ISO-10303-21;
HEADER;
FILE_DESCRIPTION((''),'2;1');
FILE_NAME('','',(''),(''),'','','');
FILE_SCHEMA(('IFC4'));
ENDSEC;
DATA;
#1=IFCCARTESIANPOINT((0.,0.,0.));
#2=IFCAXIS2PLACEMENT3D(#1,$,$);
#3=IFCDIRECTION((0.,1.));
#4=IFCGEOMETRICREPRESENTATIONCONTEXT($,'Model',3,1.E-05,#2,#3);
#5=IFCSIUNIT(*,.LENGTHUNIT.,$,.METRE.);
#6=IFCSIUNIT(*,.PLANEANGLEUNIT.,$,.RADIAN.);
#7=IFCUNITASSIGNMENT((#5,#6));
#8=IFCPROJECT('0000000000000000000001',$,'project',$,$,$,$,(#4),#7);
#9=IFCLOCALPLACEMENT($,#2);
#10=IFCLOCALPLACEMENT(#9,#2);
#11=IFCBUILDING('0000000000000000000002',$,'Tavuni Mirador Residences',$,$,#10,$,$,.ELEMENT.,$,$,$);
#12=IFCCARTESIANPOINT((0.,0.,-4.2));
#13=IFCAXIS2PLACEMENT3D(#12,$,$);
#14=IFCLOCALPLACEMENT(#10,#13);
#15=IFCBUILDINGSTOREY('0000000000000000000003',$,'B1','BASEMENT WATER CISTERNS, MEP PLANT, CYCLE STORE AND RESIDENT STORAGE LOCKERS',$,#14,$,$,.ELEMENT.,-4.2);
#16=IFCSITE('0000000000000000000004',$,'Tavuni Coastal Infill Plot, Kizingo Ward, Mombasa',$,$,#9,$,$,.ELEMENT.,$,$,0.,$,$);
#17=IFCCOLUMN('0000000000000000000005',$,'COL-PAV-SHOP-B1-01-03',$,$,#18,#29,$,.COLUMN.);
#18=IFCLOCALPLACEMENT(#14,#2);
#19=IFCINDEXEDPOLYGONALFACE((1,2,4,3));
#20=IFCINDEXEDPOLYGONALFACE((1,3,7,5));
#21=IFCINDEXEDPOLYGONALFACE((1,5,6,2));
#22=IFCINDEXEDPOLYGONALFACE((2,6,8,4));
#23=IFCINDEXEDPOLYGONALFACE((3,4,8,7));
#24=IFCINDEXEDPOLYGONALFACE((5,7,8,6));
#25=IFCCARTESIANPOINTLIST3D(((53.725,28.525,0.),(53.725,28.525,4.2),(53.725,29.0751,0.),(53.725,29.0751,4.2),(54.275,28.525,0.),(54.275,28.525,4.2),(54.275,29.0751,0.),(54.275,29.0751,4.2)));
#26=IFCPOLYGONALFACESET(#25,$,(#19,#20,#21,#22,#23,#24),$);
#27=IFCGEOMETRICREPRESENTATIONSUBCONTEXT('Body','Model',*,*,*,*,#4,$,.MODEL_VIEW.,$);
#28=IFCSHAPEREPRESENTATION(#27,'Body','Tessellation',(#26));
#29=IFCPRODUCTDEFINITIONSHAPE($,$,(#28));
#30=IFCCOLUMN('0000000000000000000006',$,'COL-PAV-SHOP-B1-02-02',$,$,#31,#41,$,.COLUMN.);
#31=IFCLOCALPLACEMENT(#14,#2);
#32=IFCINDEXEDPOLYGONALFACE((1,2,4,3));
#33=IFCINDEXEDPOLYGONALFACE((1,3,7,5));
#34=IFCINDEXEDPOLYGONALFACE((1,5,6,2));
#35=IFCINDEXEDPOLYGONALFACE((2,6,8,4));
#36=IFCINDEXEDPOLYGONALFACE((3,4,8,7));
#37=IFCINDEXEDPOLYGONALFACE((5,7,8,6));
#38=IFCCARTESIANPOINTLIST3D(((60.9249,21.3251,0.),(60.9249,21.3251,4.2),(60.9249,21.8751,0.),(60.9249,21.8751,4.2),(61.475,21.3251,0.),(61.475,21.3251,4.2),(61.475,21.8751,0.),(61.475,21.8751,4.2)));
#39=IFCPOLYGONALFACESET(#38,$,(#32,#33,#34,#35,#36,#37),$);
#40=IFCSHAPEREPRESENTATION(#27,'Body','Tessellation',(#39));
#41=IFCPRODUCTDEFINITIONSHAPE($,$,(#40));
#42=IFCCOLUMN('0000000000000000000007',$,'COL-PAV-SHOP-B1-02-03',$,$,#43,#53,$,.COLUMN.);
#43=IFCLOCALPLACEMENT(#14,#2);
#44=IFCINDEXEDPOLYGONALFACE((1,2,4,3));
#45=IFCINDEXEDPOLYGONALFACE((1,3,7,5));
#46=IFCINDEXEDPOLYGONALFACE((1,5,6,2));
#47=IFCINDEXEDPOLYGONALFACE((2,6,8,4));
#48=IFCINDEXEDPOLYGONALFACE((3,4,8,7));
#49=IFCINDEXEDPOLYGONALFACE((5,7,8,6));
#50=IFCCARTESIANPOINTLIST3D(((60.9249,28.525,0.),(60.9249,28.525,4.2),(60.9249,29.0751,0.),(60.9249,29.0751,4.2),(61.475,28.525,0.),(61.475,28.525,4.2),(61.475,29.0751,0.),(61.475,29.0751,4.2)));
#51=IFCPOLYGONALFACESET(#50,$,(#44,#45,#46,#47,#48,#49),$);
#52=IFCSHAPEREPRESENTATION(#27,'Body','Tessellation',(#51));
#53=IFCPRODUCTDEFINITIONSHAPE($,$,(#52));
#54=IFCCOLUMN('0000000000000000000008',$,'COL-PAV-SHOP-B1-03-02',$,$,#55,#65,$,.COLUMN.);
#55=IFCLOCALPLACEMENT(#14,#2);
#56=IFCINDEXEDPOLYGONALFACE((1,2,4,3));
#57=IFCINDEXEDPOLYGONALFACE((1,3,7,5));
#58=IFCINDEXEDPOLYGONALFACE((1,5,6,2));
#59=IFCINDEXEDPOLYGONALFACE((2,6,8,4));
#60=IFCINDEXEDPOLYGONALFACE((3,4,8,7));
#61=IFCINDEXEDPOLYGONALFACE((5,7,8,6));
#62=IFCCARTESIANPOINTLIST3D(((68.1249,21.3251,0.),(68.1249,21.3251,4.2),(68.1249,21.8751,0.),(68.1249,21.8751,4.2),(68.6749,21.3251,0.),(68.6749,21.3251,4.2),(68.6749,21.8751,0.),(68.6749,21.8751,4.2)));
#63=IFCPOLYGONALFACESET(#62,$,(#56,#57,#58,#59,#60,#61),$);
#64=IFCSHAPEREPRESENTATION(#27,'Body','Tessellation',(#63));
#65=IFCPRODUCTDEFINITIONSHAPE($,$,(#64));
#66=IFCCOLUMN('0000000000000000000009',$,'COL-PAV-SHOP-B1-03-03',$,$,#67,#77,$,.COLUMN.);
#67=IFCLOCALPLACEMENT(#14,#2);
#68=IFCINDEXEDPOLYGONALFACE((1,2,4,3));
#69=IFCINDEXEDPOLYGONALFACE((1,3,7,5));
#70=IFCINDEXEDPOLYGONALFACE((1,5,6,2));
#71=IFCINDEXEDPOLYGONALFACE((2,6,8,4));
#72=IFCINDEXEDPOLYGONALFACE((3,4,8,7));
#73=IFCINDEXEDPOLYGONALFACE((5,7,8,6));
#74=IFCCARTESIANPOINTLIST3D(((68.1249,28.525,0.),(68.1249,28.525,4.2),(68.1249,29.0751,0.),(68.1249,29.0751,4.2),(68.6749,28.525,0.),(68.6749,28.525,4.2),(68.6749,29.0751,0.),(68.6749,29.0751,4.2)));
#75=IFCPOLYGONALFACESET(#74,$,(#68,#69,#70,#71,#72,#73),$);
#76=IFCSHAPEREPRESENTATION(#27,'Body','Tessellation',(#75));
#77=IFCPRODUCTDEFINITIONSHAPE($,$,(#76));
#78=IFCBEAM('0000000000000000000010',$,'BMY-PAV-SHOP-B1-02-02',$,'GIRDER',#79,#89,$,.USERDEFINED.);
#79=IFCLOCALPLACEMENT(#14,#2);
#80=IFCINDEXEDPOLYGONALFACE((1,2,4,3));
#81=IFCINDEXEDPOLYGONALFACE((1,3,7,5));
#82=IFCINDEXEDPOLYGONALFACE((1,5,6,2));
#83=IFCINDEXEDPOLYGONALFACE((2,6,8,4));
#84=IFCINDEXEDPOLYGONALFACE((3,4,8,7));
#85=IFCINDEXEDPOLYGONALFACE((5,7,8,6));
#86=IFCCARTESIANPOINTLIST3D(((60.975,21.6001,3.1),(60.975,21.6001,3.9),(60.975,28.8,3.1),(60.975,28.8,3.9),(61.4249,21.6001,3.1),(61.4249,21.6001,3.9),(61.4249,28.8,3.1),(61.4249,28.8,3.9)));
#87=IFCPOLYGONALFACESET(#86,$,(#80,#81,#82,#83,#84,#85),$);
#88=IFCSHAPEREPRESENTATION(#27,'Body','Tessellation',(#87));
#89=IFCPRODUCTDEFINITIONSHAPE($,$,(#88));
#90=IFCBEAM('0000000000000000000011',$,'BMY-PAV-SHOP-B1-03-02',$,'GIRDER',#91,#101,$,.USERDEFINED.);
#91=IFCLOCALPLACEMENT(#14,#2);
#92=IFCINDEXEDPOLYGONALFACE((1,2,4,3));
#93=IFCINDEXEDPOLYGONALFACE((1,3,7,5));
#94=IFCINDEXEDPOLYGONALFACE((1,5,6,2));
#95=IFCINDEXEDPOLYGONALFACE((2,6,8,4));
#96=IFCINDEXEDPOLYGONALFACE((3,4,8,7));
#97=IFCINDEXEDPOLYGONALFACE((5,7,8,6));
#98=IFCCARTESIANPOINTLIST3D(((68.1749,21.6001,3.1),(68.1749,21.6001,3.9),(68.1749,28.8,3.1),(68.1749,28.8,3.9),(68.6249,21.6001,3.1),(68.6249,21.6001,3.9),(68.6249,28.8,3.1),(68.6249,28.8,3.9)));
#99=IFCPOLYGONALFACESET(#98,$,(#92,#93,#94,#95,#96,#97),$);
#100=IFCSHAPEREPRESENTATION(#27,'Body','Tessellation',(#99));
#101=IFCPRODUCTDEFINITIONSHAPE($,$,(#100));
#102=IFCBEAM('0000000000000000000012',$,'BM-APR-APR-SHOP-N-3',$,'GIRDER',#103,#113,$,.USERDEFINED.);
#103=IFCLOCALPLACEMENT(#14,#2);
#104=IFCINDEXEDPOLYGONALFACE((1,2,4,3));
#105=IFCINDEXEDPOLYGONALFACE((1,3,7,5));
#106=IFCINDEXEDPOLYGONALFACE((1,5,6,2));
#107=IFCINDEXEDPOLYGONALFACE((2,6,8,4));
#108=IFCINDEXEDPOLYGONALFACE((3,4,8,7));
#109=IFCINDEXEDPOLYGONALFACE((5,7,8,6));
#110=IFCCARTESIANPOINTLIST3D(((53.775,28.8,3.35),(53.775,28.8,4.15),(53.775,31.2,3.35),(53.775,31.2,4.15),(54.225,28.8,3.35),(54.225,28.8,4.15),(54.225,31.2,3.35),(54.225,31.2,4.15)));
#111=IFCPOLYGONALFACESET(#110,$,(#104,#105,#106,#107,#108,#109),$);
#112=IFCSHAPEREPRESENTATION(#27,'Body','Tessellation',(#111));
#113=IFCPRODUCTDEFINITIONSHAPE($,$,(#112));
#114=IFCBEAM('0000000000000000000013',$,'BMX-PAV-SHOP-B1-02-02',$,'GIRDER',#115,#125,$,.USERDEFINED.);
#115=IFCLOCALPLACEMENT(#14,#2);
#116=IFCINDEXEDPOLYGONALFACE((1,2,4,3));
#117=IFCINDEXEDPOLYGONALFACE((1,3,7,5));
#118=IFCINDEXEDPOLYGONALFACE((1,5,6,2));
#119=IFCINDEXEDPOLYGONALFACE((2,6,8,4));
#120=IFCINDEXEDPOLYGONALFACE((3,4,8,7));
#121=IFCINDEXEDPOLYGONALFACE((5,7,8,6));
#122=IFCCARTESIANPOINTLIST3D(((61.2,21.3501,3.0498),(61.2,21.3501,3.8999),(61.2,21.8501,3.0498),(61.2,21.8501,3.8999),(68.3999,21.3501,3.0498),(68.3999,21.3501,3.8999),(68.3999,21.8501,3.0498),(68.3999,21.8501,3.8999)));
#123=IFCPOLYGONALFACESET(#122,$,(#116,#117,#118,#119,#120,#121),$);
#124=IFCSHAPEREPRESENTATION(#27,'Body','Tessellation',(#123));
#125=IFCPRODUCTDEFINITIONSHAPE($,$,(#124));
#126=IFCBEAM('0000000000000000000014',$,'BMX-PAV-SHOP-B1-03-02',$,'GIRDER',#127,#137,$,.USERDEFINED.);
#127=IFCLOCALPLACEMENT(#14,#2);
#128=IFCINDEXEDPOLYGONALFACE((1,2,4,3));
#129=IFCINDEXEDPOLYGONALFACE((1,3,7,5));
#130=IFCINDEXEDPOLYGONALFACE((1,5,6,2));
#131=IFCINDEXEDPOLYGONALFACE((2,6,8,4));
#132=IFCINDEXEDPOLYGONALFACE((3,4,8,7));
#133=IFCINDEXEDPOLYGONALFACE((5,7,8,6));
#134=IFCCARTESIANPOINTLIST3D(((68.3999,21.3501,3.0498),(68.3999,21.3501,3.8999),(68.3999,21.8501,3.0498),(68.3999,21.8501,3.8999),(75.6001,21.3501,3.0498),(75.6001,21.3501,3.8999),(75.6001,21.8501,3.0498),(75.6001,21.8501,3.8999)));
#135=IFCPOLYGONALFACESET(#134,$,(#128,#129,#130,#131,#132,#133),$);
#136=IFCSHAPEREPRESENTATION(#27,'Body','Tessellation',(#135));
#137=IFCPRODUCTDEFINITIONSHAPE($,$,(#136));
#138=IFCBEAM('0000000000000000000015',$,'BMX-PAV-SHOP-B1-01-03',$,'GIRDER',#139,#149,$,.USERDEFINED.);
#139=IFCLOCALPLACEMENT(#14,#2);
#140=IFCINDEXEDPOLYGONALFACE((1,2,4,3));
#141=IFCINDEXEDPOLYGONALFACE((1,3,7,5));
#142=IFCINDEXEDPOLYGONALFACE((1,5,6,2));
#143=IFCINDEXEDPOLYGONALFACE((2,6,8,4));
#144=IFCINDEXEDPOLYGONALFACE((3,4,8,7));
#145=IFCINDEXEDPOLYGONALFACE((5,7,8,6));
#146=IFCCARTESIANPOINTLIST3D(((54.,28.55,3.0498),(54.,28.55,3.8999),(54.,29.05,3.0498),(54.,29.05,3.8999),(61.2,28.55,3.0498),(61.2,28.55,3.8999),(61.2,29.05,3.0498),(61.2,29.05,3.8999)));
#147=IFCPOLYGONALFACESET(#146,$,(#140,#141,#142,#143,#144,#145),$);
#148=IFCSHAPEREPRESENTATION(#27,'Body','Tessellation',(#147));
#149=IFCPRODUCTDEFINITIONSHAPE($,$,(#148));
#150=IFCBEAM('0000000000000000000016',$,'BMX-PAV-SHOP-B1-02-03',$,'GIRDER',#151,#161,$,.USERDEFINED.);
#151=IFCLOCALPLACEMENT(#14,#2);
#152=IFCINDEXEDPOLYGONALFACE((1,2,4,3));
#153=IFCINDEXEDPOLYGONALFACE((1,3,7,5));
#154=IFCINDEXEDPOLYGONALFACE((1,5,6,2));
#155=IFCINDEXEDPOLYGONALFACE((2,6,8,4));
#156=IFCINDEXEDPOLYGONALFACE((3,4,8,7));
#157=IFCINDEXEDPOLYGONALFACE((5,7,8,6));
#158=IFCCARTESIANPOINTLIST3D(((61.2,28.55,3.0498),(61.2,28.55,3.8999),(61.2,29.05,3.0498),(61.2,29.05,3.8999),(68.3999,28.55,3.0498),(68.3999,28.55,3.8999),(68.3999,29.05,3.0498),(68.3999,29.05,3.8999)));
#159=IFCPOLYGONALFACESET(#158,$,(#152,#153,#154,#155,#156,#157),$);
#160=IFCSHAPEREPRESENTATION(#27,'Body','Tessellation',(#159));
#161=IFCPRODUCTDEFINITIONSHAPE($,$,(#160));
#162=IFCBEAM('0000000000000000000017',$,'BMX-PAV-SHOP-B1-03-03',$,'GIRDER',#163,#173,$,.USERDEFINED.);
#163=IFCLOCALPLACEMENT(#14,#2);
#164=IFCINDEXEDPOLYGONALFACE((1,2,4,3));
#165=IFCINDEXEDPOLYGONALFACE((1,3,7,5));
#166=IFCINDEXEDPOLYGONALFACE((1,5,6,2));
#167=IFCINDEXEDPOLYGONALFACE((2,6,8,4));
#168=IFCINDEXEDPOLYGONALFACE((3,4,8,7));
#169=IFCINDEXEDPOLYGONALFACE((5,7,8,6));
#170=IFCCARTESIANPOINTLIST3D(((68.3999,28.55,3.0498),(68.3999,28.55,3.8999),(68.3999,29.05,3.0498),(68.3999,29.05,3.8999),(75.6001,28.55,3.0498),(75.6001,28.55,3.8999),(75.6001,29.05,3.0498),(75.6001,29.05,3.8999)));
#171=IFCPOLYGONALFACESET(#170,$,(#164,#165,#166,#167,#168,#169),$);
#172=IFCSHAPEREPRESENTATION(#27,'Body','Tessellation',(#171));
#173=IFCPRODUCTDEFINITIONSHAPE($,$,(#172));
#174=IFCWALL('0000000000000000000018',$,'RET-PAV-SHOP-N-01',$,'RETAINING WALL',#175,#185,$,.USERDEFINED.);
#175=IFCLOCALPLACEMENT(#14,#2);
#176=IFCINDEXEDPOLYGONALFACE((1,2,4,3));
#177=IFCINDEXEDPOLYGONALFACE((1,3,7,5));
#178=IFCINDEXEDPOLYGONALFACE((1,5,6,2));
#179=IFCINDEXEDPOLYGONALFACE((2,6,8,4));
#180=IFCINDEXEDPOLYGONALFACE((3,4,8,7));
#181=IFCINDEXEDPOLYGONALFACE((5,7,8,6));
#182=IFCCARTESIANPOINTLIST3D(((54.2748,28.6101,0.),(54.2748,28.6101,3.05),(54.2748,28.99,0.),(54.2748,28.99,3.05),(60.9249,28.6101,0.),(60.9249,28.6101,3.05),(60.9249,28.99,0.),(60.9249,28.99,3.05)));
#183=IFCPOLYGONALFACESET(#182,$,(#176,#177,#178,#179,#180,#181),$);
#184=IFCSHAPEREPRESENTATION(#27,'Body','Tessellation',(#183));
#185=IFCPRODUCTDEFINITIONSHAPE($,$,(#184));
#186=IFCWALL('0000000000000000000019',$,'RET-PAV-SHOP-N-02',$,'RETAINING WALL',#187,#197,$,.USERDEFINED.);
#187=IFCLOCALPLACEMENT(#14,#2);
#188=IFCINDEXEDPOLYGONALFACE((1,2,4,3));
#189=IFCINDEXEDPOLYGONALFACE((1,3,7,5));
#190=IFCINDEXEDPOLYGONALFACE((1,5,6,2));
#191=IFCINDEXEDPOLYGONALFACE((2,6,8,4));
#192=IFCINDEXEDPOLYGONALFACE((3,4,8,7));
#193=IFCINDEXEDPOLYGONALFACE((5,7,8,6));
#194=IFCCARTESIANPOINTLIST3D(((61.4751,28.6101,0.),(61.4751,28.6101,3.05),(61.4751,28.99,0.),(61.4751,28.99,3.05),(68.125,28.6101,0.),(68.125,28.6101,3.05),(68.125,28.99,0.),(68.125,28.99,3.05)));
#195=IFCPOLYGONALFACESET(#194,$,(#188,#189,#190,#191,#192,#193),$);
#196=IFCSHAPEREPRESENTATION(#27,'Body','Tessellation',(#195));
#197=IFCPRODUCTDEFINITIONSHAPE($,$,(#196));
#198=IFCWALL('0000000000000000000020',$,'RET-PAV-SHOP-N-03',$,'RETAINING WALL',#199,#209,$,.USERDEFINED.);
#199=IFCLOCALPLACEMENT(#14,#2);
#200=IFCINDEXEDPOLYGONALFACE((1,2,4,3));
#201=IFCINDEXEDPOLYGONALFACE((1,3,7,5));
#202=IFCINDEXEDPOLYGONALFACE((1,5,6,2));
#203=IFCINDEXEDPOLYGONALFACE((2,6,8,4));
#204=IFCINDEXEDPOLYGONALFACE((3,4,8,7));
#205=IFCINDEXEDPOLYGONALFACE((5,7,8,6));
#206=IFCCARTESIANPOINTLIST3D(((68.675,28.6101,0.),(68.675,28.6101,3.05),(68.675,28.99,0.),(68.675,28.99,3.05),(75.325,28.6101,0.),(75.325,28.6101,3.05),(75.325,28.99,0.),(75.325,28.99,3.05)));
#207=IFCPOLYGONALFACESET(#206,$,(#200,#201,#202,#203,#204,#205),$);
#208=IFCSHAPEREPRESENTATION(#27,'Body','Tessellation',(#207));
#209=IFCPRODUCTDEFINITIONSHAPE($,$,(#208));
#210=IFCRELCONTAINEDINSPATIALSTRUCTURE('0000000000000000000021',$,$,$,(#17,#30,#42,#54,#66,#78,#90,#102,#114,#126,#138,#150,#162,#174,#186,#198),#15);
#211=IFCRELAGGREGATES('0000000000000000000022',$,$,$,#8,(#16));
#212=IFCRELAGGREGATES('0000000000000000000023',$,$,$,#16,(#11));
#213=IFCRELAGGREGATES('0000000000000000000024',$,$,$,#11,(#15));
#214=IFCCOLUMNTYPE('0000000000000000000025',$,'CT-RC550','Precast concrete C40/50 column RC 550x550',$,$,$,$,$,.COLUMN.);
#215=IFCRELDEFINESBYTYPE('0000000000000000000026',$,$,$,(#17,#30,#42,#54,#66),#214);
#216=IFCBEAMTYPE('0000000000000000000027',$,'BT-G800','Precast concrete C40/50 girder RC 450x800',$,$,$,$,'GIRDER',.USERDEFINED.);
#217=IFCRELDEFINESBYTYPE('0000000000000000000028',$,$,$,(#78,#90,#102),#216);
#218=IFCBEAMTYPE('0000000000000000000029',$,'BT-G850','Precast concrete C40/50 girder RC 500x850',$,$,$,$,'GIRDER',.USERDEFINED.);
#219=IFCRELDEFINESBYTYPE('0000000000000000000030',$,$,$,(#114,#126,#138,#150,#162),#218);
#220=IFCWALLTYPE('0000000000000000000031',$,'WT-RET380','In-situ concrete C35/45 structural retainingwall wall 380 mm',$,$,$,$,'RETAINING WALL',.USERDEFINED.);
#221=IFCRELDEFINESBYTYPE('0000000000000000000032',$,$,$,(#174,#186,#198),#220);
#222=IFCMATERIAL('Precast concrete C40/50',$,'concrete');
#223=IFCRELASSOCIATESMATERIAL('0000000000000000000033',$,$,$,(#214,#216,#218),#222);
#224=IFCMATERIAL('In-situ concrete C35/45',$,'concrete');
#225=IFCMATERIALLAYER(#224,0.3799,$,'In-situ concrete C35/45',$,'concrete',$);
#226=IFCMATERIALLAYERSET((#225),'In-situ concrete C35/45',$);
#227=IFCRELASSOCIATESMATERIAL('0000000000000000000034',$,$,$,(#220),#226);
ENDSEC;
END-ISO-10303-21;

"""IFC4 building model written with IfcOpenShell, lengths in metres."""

from ifc_helpers import new_model, si_unit, direction, frame, frame_2d, origin, origin_2d, place, context, subcontext, project, spatial, rectangle, extrude, material, layer, layer_set, material_profile, profile_set, type_object, element, save


model = new_model("IFC4")

# Units and contexts
model_context = context("Model", 3, precision=1e-05, world=origin(), true_north=direction((0.0, 1.0)))
body_context = subcontext(model_context, "Body", "Model", "MODEL_VIEW")
ifc_project = project(units=[si_unit("LENGTHUNIT", "METRE"), si_unit("PLANEANGLEUNIT", "RADIAN")], contexts=[model_context])

# Site, building, storey
site_placement = place(None, origin())
site = spatial("IfcSite", under=ifc_project, at=site_placement, Name="Tavuni Coastal Infill Plot, Kizingo Ward, Mombasa", CompositionType="ELEMENT", RefElevation=0.0)
building_placement = place(site_placement, origin())
building = spatial("IfcBuilding", under=site, at=building_placement, Name="Tavuni Mirador Residences", CompositionType="ELEMENT")
storey_placement = place(building_placement, frame((0.0, 0.0, -4.2)))
storey = spatial("IfcBuildingStorey", under=building, at=storey_placement, Name="B1", Description="BASEMENT WATER CISTERNS, MEP PLANT, CYCLE STORE AND RESIDENT STORAGE LOCKERS", CompositionType="ELEMENT", Elevation=-4.2)

# Shared definitions
ifc_material_1 = material(Name="In-situ concrete C35/45", Category="concrete")

# Columns
ifc_material_2 = material(Name="Precast concrete C40/50", Category="concrete")
ifc_material_profile_1 = material_profile(ifc_material_2, rectangle(XDim=0.55, YDim=0.55, at=origin_2d()), Name="RC 550x550", Category="concrete")
ifc_profile_set_1 = profile_set([ifc_material_profile_1], Name="Precast concrete C40/50")
column_type = type_object("IfcColumnType", Name="CT-RC550", Description="Precast concrete C40/50 column RC 550x550", PredefinedType="COLUMN", material=ifc_profile_set_1)
for number, where, z_axis, x_axis, name in (
    (1, (54.0, 28.8, 0.0), (0.0, 0.0, 1.0), (1.0, 0.0, 0.0), "COL-PAV-SHOP-B1-01-03"),
    (2, (61.2, 21.6001, 0.0), (0.0, 0.0, 1.0), (1.0, 0.0, 0.0), "COL-PAV-SHOP-B1-02-02"),
    (3, (61.2, 28.8, 0.0), (0.0, 0.0, 1.0), (1.0, 0.0, 0.0), "COL-PAV-SHOP-B1-02-03"),
    (4, (68.3999, 21.6001, 0.0), (0.0, 0.0, 1.0), (1.0, 0.0, 0.0), "COL-PAV-SHOP-B1-03-02"),
    (5, (68.3999, 28.8, 0.0), (0.0, 0.0, 1.0), (1.0, 0.0, 0.0), "COL-PAV-SHOP-B1-03-03"),
):
    element("IfcColumn", number, at=place(storey_placement, frame(where, z_axis=z_axis, x_axis=x_axis)), inside=storey, type_object=column_type, Name=name, PredefinedType="COLUMN", context=body_context, shape_type="SweptSolid", body=[
        extrude(rectangle(XDim=0.55, YDim=0.55, at=origin_2d()), origin(), (0.0, 0.0, 1.0), 4.2),
    ])

# Beams
ifc_material_profile_2 = material_profile(ifc_material_2, rectangle(XDim=0.45, YDim=0.8, at=origin_2d()), Name="RC 450x800", Category="concrete")
ifc_profile_set_2 = profile_set([ifc_material_profile_2], Name="Precast concrete C40/50")
beam_type_1 = type_object("IfcBeamType", Name="BT-G800", Description="Precast concrete C40/50 girder RC 450x800", ElementType="GIRDER", PredefinedType="USERDEFINED", material=ifc_profile_set_2)
for number, where, z_axis, x_axis, name in (
    (6, (61.2, 21.6001, 3.5), (0.0, 1.0, 0.0), (-1.0, 0.0, 0.0), "BMY-PAV-SHOP-B1-02-02"),
    (7, (68.3999, 21.6001, 3.5), (0.0, 1.0, 0.0), (-1.0, 0.0, 0.0), "BMY-PAV-SHOP-B1-03-02"),
):
    element("IfcBeam", number, at=place(storey_placement, frame(where, z_axis=z_axis, x_axis=x_axis)), inside=storey, type_object=beam_type_1, Name=name, ObjectType="GIRDER", PredefinedType="USERDEFINED", context=body_context, shape_type="SweptSolid", body=[
        extrude(rectangle(XDim=0.45, YDim=0.8, at=origin_2d()), origin(), (0.0, 0.0, 1.0), 7.2),
    ])
beam_1_placement = place(storey_placement, frame((54.0, 28.8, 3.75), z_axis=(0.0, 1.0, 0.0), x_axis=(-1.0, 0.0, 0.0)))
element("IfcBeam", 8, at=beam_1_placement, inside=storey, type_object=beam_type_1, Name="BM-APR-APR-SHOP-N-3", ObjectType="GIRDER", PredefinedType="USERDEFINED", context=body_context, shape_type="SweptSolid", body=[
    extrude(rectangle(XDim=0.45, YDim=0.8, at=origin_2d()), origin(), (0.0, 0.0, 1.0), 2.3999),
])
ifc_material_profile_3 = material_profile(ifc_material_2, rectangle(XDim=0.5, YDim=0.8501, at=origin_2d()), Name="RC 500x850", Category="concrete")
ifc_profile_set_3 = profile_set([ifc_material_profile_3], Name="Precast concrete C40/50")
beam_type_2 = type_object("IfcBeamType", Name="BT-G850", Description="Precast concrete C40/50 girder RC 500x850", ElementType="GIRDER", PredefinedType="USERDEFINED", material=ifc_profile_set_3)
beam_2_placement = place(storey_placement, frame((61.2, 21.6001, 3.4749), z_axis=(1.0, 0.0, 0.0), x_axis=(0.0, 1.0, 0.0)))
element("IfcBeam", 9, at=beam_2_placement, inside=storey, type_object=beam_type_2, Name="BMX-PAV-SHOP-B1-02-02", ObjectType="GIRDER", PredefinedType="USERDEFINED", context=body_context, shape_type="SweptSolid", body=[
    extrude(rectangle(XDim=0.5, YDim=0.8501, at=origin_2d()), origin(), (0.0, 0.0, 1.0), 7.2),
])
beam_3_placement = place(storey_placement, frame((68.3999, 21.6001, 3.4749), z_axis=(1.0, 0.0, 0.0), x_axis=(0.0, 1.0, 0.0)))
element("IfcBeam", 10, at=beam_3_placement, inside=storey, type_object=beam_type_2, Name="BMX-PAV-SHOP-B1-03-02", ObjectType="GIRDER", PredefinedType="USERDEFINED", context=body_context, shape_type="SweptSolid", body=[
    extrude(rectangle(XDim=0.5, YDim=0.8501, at=origin_2d()), origin(), (0.0, 0.0, 1.0), 7.2002),
])
for number, where, z_axis, x_axis, name in (
    (11, (54.0, 28.8, 3.4749), (1.0, 0.0, 0.0), (0.0, 1.0, 0.0), "BMX-PAV-SHOP-B1-01-03"),
    (12, (61.2, 28.8, 3.4749), (1.0, 0.0, 0.0), (0.0, 1.0, 0.0), "BMX-PAV-SHOP-B1-02-03"),
):
    element("IfcBeam", number, at=place(storey_placement, frame(where, z_axis=z_axis, x_axis=x_axis)), inside=storey, type_object=beam_type_2, Name=name, ObjectType="GIRDER", PredefinedType="USERDEFINED", context=body_context, shape_type="SweptSolid", body=[
        extrude(rectangle(XDim=0.5, YDim=0.8501, at=origin_2d()), origin(), (0.0, 0.0, 1.0), 7.2),
    ])
beam_4_placement = place(storey_placement, frame((68.3999, 28.8, 3.4749), z_axis=(1.0, 0.0, 0.0), x_axis=(0.0, 1.0, 0.0)))
element("IfcBeam", 13, at=beam_4_placement, inside=storey, type_object=beam_type_2, Name="BMX-PAV-SHOP-B1-03-03", ObjectType="GIRDER", PredefinedType="USERDEFINED", context=body_context, shape_type="SweptSolid", body=[
    extrude(rectangle(XDim=0.5, YDim=0.8501, at=origin_2d()), origin(), (0.0, 0.0, 1.0), 7.2002),
])

# Walls
ifc_layer_1 = layer(ifc_material_1, 0.3799, Name="In-situ concrete C35/45", Category="concrete")
ifc_layer_set_1 = layer_set([ifc_layer_1], Name="In-situ concrete C35/45")
wall_type_1 = type_object("IfcWallType", Name="WT-RET380", Description="In-situ concrete C35/45 structural retainingwall wall 380 mm", ElementType="RETAINING WALL", PredefinedType="USERDEFINED", material=ifc_layer_set_1)
wall_1_placement = place(storey_placement, frame((60.925, 28.8, 0.0), z_axis=(0.0, 0.0, 1.0), x_axis=(-1.0, 0.0, 0.0)))
element("IfcWall", 14, at=wall_1_placement, inside=storey, type_object=wall_type_1, Name="RET-PAV-SHOP-N-01", ObjectType="RETAINING WALL", PredefinedType="USERDEFINED", context=body_context, shape_type="SweptSolid", body=[
    extrude(rectangle(XDim=6.6501, YDim=0.3799, at=frame_2d((3.3252, 0.0))), origin(), (0.0, 0.0, 1.0), 3.05),
])
for number, where, z_axis, x_axis, name in (
    (15, (68.125, 28.8, 0.0), (0.0, 0.0, 1.0), (-1.0, 0.0, 0.0), "RET-PAV-SHOP-N-02"),
    (16, (75.325, 28.8, 0.0), (0.0, 0.0, 1.0), (-1.0, 0.0, 0.0), "RET-PAV-SHOP-N-03"),
):
    element("IfcWall", number, at=place(storey_placement, frame(where, z_axis=z_axis, x_axis=x_axis)), inside=storey, type_object=wall_type_1, Name=name, ObjectType="RETAINING WALL", PredefinedType="USERDEFINED", context=body_context, shape_type="SweptSolid", body=[
        extrude(rectangle(XDim=6.6499, YDim=0.3799, at=frame_2d((3.325, 0.0))), origin(), (0.0, 0.0, 1.0), 3.05),
    ])

save(model, "model.ifc")
